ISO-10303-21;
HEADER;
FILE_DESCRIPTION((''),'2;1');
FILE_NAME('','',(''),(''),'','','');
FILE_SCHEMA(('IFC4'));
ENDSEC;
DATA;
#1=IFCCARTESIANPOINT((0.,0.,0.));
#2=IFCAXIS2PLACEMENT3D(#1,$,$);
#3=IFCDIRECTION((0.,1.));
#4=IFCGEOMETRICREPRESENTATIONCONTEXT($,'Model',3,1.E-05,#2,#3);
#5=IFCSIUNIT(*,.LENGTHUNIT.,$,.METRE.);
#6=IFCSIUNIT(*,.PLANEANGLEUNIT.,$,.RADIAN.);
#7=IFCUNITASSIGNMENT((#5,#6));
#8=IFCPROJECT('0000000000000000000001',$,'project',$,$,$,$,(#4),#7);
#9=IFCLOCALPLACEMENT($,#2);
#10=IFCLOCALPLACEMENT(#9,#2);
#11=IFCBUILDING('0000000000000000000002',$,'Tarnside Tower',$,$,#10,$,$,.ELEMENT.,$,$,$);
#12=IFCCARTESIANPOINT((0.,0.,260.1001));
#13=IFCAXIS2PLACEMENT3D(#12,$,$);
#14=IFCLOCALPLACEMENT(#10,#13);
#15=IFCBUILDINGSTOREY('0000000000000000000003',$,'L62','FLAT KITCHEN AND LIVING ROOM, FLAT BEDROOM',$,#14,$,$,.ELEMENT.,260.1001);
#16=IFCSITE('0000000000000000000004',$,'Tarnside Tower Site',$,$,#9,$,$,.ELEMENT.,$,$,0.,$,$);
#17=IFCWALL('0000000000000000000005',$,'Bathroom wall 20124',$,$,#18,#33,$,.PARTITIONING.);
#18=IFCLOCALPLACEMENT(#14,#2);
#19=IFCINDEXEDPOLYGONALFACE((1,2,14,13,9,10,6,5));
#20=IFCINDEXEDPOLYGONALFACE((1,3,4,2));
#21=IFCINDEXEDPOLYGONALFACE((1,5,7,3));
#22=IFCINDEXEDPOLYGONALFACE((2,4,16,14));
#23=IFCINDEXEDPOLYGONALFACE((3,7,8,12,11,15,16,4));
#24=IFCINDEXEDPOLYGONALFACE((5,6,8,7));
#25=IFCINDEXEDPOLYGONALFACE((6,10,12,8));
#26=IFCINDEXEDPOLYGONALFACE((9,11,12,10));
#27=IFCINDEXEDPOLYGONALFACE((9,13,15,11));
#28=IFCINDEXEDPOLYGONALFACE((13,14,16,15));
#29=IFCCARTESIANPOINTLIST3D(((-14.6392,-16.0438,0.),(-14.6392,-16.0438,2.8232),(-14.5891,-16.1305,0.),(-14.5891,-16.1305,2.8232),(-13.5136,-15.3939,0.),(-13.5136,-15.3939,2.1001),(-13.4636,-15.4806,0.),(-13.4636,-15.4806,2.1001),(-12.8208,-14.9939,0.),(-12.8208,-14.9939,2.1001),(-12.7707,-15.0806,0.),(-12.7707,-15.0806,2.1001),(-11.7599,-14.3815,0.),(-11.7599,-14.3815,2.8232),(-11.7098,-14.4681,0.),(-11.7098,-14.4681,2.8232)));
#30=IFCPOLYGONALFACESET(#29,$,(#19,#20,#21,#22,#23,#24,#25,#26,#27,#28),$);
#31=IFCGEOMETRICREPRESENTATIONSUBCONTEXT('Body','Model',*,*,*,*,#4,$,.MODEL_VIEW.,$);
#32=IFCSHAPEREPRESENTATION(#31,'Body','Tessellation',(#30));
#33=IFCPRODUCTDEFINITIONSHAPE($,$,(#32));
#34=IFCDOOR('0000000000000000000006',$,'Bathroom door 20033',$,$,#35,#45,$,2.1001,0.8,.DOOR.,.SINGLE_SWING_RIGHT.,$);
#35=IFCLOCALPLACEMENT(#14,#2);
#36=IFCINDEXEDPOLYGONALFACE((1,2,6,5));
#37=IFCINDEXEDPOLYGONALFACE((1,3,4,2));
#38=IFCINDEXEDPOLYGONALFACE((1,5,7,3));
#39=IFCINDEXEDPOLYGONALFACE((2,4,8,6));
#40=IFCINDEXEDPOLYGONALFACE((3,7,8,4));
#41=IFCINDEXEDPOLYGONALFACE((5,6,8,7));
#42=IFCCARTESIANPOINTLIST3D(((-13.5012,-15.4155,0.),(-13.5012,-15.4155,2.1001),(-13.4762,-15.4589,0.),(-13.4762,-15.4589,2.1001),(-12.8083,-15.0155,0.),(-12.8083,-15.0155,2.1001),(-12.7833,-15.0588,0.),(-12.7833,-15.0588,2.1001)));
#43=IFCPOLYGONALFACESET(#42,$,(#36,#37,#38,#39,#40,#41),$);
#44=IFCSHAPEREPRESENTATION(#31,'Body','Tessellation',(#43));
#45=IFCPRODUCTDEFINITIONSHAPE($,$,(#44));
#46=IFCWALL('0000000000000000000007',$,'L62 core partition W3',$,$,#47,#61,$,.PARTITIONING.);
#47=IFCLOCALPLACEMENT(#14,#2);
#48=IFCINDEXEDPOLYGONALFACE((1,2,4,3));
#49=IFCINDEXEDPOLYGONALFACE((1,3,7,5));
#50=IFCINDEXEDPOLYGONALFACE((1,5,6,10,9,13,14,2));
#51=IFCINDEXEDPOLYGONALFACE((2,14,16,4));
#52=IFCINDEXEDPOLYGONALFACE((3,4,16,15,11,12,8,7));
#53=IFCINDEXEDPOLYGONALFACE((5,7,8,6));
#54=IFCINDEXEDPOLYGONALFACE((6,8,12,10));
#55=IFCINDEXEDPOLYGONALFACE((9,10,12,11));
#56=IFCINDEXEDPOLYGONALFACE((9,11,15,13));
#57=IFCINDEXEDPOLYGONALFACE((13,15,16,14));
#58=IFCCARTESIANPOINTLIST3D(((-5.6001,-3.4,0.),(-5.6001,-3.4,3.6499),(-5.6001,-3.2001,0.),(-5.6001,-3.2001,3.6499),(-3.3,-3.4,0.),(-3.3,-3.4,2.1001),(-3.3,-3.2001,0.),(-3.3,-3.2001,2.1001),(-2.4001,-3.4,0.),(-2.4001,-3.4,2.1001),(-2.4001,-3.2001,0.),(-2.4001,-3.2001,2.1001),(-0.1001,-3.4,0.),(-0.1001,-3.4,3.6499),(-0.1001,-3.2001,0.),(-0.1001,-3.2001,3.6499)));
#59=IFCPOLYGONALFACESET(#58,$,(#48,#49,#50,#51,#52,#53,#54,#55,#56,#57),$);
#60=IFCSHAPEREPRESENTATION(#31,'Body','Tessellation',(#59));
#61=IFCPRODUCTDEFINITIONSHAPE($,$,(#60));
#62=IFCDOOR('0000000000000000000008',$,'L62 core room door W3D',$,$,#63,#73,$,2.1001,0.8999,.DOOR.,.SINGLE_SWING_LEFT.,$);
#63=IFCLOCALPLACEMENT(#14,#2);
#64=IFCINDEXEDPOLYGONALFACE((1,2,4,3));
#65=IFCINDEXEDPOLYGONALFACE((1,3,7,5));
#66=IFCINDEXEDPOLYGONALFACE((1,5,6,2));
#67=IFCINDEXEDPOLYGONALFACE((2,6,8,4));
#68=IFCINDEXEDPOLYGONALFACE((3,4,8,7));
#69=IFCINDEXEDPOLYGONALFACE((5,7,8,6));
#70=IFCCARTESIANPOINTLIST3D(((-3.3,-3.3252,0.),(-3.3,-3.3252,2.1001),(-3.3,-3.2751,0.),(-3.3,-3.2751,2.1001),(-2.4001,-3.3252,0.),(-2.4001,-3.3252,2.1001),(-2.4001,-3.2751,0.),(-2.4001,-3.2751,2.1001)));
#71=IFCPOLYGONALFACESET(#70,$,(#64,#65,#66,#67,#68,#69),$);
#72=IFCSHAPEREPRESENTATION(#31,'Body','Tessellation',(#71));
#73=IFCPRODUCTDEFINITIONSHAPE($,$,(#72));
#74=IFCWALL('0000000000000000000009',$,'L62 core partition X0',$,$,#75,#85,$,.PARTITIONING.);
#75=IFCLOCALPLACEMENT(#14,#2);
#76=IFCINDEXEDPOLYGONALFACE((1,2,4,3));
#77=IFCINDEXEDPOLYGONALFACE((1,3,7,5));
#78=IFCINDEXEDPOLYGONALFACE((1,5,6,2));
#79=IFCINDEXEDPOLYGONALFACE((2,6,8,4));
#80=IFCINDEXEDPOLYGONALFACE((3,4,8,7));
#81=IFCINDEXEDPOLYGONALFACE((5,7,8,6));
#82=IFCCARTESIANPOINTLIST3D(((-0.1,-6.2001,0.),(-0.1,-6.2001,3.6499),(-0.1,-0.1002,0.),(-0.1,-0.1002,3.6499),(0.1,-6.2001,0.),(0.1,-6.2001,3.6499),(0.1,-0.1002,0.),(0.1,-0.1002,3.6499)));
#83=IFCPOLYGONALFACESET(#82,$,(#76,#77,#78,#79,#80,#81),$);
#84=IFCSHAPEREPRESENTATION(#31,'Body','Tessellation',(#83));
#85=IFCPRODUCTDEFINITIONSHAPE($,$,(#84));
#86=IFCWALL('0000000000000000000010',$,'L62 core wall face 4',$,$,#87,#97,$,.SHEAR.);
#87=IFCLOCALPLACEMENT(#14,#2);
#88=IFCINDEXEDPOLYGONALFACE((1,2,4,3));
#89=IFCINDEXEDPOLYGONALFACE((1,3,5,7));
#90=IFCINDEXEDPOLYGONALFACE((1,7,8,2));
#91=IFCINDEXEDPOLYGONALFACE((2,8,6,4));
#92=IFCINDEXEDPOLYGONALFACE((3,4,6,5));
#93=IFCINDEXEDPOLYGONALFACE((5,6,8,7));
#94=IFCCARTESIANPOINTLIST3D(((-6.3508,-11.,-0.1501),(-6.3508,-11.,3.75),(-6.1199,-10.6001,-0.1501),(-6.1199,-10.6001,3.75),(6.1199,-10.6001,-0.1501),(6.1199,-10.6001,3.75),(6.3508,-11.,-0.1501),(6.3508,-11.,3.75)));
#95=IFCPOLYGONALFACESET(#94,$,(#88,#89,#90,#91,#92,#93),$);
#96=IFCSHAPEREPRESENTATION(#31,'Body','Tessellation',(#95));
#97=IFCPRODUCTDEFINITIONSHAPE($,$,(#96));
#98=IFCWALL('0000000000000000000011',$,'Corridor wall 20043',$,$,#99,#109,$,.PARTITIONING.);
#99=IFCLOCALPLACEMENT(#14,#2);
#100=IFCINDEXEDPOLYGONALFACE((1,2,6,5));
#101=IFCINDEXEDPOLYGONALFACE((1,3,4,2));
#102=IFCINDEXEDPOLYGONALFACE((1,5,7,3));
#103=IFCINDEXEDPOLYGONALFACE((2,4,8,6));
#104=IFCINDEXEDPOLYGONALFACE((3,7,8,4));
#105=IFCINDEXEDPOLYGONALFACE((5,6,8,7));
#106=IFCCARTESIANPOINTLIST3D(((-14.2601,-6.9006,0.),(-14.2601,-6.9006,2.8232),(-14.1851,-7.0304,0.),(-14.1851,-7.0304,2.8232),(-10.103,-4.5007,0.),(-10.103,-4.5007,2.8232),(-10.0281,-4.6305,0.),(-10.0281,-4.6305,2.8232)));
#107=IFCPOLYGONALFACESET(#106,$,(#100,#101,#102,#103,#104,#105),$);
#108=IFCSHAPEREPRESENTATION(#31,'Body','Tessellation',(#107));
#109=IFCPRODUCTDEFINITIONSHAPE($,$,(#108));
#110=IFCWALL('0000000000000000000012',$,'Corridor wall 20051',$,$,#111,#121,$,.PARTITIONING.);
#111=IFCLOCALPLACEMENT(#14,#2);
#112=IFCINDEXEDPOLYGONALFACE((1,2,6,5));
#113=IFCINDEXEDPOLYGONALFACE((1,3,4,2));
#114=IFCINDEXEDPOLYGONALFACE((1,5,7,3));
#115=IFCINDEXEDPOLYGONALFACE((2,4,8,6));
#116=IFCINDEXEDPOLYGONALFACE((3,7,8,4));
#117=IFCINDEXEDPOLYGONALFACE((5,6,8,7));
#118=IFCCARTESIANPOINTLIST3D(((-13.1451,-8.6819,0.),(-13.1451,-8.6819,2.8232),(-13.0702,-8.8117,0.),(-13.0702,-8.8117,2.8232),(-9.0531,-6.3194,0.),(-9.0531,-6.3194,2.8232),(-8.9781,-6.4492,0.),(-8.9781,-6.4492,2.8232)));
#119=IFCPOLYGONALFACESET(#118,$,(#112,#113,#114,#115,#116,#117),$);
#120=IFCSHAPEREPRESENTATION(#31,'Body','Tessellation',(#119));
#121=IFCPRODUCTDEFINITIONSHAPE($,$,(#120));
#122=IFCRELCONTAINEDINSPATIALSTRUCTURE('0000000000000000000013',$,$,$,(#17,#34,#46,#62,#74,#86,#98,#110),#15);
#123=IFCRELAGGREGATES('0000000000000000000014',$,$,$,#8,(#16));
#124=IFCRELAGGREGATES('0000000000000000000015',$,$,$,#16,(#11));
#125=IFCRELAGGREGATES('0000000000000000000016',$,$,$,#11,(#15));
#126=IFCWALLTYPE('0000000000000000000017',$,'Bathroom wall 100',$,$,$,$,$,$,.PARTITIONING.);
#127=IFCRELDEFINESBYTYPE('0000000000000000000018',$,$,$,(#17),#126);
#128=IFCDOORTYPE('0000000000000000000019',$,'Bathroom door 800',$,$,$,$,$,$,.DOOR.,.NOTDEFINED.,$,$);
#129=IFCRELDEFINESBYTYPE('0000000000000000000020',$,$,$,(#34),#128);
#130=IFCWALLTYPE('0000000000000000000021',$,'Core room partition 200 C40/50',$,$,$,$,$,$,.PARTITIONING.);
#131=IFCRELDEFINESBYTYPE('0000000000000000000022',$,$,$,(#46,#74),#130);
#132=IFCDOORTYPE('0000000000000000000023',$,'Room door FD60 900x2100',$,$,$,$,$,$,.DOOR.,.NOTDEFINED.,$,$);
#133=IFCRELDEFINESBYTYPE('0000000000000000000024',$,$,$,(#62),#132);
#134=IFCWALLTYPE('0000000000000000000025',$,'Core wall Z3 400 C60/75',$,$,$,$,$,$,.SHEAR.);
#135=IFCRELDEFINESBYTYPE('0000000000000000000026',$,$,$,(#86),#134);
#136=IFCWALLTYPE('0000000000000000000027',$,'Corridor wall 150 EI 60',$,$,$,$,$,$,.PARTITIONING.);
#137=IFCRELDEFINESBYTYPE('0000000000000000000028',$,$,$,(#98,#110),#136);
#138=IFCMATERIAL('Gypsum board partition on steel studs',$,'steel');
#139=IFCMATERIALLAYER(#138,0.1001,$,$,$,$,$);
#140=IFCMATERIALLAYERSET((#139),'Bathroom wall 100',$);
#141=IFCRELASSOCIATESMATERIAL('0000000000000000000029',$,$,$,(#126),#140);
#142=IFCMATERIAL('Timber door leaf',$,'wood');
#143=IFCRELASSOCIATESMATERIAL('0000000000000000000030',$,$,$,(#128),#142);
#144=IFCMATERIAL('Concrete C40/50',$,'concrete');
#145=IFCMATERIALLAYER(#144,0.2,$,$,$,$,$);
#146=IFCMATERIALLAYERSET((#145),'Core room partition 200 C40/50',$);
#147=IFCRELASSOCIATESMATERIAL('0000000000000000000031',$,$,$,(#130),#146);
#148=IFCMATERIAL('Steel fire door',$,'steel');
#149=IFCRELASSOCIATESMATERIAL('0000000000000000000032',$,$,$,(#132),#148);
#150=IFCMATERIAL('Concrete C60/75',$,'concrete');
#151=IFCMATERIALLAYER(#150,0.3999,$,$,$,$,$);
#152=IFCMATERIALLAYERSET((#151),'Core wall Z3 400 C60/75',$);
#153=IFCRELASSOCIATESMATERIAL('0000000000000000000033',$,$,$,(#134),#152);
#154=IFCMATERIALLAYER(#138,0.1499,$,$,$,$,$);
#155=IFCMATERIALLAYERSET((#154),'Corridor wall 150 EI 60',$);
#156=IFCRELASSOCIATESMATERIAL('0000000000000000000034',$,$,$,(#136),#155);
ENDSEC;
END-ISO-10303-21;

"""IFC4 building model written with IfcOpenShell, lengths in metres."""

from ifc_helpers import new_model, si_unit, direction, frame, frame_2d, origin, place, context, subcontext, project, spatial, polyline, rectangle, outline, extrude, material, layer, layer_set, type_object, element, fill, save


model = new_model("IFC4")

# Units and contexts
model_context = context("Model", 3, precision=1e-05, world=origin(), true_north=direction((0.0, 1.0)))
body_context = subcontext(model_context, "Body", "Model", "MODEL_VIEW")
ifc_project = project(units=[si_unit("LENGTHUNIT", "METRE"), si_unit("PLANEANGLEUNIT", "RADIAN")], contexts=[model_context])

# Site, building, storey
site_placement = place(None, origin())
site = spatial("IfcSite", under=ifc_project, at=site_placement, Name="Tarnside Tower Site", CompositionType="ELEMENT", RefElevation=0.0)
building_placement = place(site_placement, origin())
building = spatial("IfcBuilding", under=site, at=building_placement, Name="Tarnside Tower", CompositionType="ELEMENT")
storey_placement = place(building_placement, frame((0.0, 0.0, 260.1001)))
storey = spatial("IfcBuildingStorey", under=building, at=storey_placement, Name="L62", Description="FLAT KITCHEN AND LIVING ROOM, FLAT BEDROOM", CompositionType="ELEMENT", Elevation=260.1001)

# Walls, openings, doors
ifc_material_1 = material(Name="Gypsum board partition on steel studs", Category="steel")
ifc_layer_1 = layer(ifc_material_1, 0.1001)
ifc_layer_set_1 = layer_set([ifc_layer_1], Name="Bathroom wall 100")
wall_type_1 = type_object("IfcWallType", Name="Bathroom wall 100", PredefinedType="PARTITIONING", material=ifc_layer_set_1)
wall_1_placement = place(storey_placement, frame((-11.7349, -14.4248, 0.0), z_axis=(0.0, 0.0, 1.0), x_axis=(-0.866034, -0.499985, 0.0)))
wall_1 = element("IfcWall", 1, at=wall_1_placement, inside=storey, type_object=wall_type_1, Name="Bathroom wall 20124", PredefinedType="PARTITIONING", context=body_context, shape_type="SweptSolid", body=[
    extrude(rectangle(XDim=3.3247, YDim=0.1001, at=frame_2d((1.6624, 0.0))), origin(), (0.0, 0.0, 1.0), 2.8232),
])
opening_1_placement = place(wall_1_placement, frame((1.2251, 0.0, 0.0)))
opening_1 = element("IfcOpeningElement", 2, at=opening_1_placement, cuts=wall_1, PredefinedType="OPENING", context=body_context, shape_type="SweptSolid", body=[
    extrude(rectangle(XDim=0.8, YDim=2.1001, at=frame_2d((0.3999, 1.05))), frame((0.0, 0.0601, 0.0), z_axis=(0.0, -1.0, 0.0), x_axis=(1.0, 0.0, 0.0)), (0.0, 0.0, 1.0), 0.1201),
])
ifc_material_2 = material(Name="Timber door leaf", Category="wood")
door_type_1 = type_object("IfcDoorType", Name="Bathroom door 800", OperationType="NOTDEFINED", PredefinedType="DOOR", material=ifc_material_2)
door_1_placement = place(opening_1_placement, origin())
door_1 = element("IfcDoor", 3, at=door_1_placement, inside=storey, type_object=door_type_1, Name="Bathroom door 20033", OperationType="SINGLE_SWING_RIGHT", OverallHeight=2.1001, OverallWidth=0.8, PredefinedType="DOOR", context=body_context, shape_type="SweptSolid", body=[
    extrude(rectangle(XDim=0.8, YDim=2.1001, at=frame_2d((0.3999, 1.05))), frame((0.0, 0.0249, 0.0), z_axis=(0.0, -1.0, 0.0), x_axis=(1.0, 0.0, 0.0)), (0.0, 0.0, 1.0), 0.05),
])
fill(opening_1, door_1)
ifc_material_3 = material(Name="Concrete C40/50", Category="concrete")
ifc_layer_2 = layer(ifc_material_3, 0.2)
ifc_layer_set_2 = layer_set([ifc_layer_2], Name="Core room partition 200 C40/50")
wall_type_2 = type_object("IfcWallType", Name="Core room partition 200 C40/50", PredefinedType="PARTITIONING", material=ifc_layer_set_2)
wall_2_placement = place(storey_placement, frame((-5.6001, -3.3, 0.0), z_axis=(0.0, 0.0, 1.0), x_axis=(1.0, 0.0, 0.0)))
wall_2 = element("IfcWall", 4, at=wall_2_placement, inside=storey, type_object=wall_type_2, Name="L62 core partition W3", PredefinedType="PARTITIONING", context=body_context, shape_type="SweptSolid", body=[
    extrude(rectangle(XDim=5.5, YDim=0.2, at=frame_2d((2.75, 0.0))), origin(), (0.0, 0.0, 1.0), 3.6499),
])
opening_2_placement = place(wall_2_placement, frame((2.3, 0.0, 0.0)))
opening_2 = element("IfcOpeningElement", 5, at=opening_2_placement, cuts=wall_2, PredefinedType="OPENING", context=body_context, shape_type="SweptSolid", body=[
    extrude(rectangle(XDim=0.8999, YDim=2.1001, at=frame_2d((0.45, 1.05))), frame((0.0, 0.1099, 0.0), z_axis=(0.0, -1.0, 0.0), x_axis=(1.0, 0.0, 0.0)), (0.0, 0.0, 1.0), 0.22),
])
ifc_material_4 = material(Name="Steel fire door", Category="steel")
door_type_2 = type_object("IfcDoorType", Name="Room door FD60 900x2100", OperationType="NOTDEFINED", PredefinedType="DOOR", material=ifc_material_4)
door_2_placement = place(opening_2_placement, origin())
door_2 = element("IfcDoor", 6, at=door_2_placement, inside=storey, type_object=door_type_2, Name="L62 core room door W3D", OperationType="SINGLE_SWING_LEFT", OverallHeight=2.1001, OverallWidth=0.8999, PredefinedType="DOOR", context=body_context, shape_type="SweptSolid", body=[
    extrude(rectangle(XDim=0.8999, YDim=2.1001, at=frame_2d((0.45, 1.05))), frame((0.0, 0.0249, 0.0), z_axis=(0.0, -1.0, 0.0), x_axis=(1.0, 0.0, 0.0)), (0.0, 0.0, 1.0), 0.05),
])
fill(opening_2, door_2)

# Walls
wall_3_placement = place(storey_placement, frame((0.0, -6.2, 0.0), z_axis=(0.0, 0.0, 1.0), x_axis=(0.0, 1.0, 0.0)))
element("IfcWall", 7, at=wall_3_placement, inside=storey, type_object=wall_type_2, Name="L62 core partition X0", PredefinedType="PARTITIONING", context=body_context, shape_type="SweptSolid", body=[
    extrude(rectangle(XDim=6.0999, YDim=0.2, at=frame_2d((3.0498, 0.0))), origin(), (0.0, 0.0, 1.0), 3.6499),
])
ifc_material_5 = material(Name="Concrete C60/75", Category="concrete")
ifc_layer_3 = layer(ifc_material_5, 0.3999)
ifc_layer_set_3 = layer_set([ifc_layer_3], Name="Core wall Z3 400 C60/75")
wall_type_3 = type_object("IfcWallType", Name="Core wall Z3 400 C60/75", PredefinedType="SHEAR", material=ifc_layer_set_3)
wall_4_placement = place(storey_placement, frame((-6.2354, -10.8, -0.1501), z_axis=(0.0, 0.0, 1.0), x_axis=(1.0, 0.0, 0.0)))
element("IfcWall", 8, at=wall_4_placement, inside=storey, type_object=wall_type_3, Name="L62 core wall face 4", PredefinedType="SHEAR", context=body_context, shape_type="SweptSolid", body=[
    extrude(outline(polyline([(-0.1155, -0.2), (12.5862, -0.2), (12.3552, 0.2), (0.1155, 0.2), (-0.1155, -0.2)])), origin(), (0.0, 0.0, 1.0), 3.9001),
])
ifc_layer_4 = layer(ifc_material_1, 0.1499)
ifc_layer_set_4 = layer_set([ifc_layer_4], Name="Corridor wall 150 EI 60")
wall_type_4 = type_object("IfcWallType", Name="Corridor wall 150 EI 60", PredefinedType="PARTITIONING", material=ifc_layer_set_4)
wall_5_placement = place(storey_placement, frame((-10.0657, -4.5657, 0.0), z_axis=(0.0, 0.0, 1.0), x_axis=(-0.866037, -0.499979, 0.0)))
element("IfcWall", 9, at=wall_5_placement, inside=storey, type_object=wall_type_4, Name="Corridor wall 20043", PredefinedType="PARTITIONING", context=body_context, shape_type="SweptSolid", body=[
    extrude(rectangle(XDim=4.8, YDim=0.1499, at=frame_2d((2.3999, 0.0))), origin(), (0.0, 0.0, 1.0), 2.8232),
])
wall_6_placement = place(storey_placement, frame((-13.1077, -8.7468, 0.0), z_axis=(0.0, 0.0, 1.0), x_axis=(0.866025, 0.500001, 0.0)))
element("IfcWall", 10, at=wall_6_placement, inside=storey, type_object=wall_type_4, Name="Corridor wall 20051", PredefinedType="PARTITIONING", context=body_context, shape_type="SweptSolid", body=[
    extrude(rectangle(XDim=4.7251, YDim=0.1499, at=frame_2d((2.3625, 0.0))), origin(), (0.0, 0.0, 1.0), 2.8232),
])

save(model, "model.ifc")
